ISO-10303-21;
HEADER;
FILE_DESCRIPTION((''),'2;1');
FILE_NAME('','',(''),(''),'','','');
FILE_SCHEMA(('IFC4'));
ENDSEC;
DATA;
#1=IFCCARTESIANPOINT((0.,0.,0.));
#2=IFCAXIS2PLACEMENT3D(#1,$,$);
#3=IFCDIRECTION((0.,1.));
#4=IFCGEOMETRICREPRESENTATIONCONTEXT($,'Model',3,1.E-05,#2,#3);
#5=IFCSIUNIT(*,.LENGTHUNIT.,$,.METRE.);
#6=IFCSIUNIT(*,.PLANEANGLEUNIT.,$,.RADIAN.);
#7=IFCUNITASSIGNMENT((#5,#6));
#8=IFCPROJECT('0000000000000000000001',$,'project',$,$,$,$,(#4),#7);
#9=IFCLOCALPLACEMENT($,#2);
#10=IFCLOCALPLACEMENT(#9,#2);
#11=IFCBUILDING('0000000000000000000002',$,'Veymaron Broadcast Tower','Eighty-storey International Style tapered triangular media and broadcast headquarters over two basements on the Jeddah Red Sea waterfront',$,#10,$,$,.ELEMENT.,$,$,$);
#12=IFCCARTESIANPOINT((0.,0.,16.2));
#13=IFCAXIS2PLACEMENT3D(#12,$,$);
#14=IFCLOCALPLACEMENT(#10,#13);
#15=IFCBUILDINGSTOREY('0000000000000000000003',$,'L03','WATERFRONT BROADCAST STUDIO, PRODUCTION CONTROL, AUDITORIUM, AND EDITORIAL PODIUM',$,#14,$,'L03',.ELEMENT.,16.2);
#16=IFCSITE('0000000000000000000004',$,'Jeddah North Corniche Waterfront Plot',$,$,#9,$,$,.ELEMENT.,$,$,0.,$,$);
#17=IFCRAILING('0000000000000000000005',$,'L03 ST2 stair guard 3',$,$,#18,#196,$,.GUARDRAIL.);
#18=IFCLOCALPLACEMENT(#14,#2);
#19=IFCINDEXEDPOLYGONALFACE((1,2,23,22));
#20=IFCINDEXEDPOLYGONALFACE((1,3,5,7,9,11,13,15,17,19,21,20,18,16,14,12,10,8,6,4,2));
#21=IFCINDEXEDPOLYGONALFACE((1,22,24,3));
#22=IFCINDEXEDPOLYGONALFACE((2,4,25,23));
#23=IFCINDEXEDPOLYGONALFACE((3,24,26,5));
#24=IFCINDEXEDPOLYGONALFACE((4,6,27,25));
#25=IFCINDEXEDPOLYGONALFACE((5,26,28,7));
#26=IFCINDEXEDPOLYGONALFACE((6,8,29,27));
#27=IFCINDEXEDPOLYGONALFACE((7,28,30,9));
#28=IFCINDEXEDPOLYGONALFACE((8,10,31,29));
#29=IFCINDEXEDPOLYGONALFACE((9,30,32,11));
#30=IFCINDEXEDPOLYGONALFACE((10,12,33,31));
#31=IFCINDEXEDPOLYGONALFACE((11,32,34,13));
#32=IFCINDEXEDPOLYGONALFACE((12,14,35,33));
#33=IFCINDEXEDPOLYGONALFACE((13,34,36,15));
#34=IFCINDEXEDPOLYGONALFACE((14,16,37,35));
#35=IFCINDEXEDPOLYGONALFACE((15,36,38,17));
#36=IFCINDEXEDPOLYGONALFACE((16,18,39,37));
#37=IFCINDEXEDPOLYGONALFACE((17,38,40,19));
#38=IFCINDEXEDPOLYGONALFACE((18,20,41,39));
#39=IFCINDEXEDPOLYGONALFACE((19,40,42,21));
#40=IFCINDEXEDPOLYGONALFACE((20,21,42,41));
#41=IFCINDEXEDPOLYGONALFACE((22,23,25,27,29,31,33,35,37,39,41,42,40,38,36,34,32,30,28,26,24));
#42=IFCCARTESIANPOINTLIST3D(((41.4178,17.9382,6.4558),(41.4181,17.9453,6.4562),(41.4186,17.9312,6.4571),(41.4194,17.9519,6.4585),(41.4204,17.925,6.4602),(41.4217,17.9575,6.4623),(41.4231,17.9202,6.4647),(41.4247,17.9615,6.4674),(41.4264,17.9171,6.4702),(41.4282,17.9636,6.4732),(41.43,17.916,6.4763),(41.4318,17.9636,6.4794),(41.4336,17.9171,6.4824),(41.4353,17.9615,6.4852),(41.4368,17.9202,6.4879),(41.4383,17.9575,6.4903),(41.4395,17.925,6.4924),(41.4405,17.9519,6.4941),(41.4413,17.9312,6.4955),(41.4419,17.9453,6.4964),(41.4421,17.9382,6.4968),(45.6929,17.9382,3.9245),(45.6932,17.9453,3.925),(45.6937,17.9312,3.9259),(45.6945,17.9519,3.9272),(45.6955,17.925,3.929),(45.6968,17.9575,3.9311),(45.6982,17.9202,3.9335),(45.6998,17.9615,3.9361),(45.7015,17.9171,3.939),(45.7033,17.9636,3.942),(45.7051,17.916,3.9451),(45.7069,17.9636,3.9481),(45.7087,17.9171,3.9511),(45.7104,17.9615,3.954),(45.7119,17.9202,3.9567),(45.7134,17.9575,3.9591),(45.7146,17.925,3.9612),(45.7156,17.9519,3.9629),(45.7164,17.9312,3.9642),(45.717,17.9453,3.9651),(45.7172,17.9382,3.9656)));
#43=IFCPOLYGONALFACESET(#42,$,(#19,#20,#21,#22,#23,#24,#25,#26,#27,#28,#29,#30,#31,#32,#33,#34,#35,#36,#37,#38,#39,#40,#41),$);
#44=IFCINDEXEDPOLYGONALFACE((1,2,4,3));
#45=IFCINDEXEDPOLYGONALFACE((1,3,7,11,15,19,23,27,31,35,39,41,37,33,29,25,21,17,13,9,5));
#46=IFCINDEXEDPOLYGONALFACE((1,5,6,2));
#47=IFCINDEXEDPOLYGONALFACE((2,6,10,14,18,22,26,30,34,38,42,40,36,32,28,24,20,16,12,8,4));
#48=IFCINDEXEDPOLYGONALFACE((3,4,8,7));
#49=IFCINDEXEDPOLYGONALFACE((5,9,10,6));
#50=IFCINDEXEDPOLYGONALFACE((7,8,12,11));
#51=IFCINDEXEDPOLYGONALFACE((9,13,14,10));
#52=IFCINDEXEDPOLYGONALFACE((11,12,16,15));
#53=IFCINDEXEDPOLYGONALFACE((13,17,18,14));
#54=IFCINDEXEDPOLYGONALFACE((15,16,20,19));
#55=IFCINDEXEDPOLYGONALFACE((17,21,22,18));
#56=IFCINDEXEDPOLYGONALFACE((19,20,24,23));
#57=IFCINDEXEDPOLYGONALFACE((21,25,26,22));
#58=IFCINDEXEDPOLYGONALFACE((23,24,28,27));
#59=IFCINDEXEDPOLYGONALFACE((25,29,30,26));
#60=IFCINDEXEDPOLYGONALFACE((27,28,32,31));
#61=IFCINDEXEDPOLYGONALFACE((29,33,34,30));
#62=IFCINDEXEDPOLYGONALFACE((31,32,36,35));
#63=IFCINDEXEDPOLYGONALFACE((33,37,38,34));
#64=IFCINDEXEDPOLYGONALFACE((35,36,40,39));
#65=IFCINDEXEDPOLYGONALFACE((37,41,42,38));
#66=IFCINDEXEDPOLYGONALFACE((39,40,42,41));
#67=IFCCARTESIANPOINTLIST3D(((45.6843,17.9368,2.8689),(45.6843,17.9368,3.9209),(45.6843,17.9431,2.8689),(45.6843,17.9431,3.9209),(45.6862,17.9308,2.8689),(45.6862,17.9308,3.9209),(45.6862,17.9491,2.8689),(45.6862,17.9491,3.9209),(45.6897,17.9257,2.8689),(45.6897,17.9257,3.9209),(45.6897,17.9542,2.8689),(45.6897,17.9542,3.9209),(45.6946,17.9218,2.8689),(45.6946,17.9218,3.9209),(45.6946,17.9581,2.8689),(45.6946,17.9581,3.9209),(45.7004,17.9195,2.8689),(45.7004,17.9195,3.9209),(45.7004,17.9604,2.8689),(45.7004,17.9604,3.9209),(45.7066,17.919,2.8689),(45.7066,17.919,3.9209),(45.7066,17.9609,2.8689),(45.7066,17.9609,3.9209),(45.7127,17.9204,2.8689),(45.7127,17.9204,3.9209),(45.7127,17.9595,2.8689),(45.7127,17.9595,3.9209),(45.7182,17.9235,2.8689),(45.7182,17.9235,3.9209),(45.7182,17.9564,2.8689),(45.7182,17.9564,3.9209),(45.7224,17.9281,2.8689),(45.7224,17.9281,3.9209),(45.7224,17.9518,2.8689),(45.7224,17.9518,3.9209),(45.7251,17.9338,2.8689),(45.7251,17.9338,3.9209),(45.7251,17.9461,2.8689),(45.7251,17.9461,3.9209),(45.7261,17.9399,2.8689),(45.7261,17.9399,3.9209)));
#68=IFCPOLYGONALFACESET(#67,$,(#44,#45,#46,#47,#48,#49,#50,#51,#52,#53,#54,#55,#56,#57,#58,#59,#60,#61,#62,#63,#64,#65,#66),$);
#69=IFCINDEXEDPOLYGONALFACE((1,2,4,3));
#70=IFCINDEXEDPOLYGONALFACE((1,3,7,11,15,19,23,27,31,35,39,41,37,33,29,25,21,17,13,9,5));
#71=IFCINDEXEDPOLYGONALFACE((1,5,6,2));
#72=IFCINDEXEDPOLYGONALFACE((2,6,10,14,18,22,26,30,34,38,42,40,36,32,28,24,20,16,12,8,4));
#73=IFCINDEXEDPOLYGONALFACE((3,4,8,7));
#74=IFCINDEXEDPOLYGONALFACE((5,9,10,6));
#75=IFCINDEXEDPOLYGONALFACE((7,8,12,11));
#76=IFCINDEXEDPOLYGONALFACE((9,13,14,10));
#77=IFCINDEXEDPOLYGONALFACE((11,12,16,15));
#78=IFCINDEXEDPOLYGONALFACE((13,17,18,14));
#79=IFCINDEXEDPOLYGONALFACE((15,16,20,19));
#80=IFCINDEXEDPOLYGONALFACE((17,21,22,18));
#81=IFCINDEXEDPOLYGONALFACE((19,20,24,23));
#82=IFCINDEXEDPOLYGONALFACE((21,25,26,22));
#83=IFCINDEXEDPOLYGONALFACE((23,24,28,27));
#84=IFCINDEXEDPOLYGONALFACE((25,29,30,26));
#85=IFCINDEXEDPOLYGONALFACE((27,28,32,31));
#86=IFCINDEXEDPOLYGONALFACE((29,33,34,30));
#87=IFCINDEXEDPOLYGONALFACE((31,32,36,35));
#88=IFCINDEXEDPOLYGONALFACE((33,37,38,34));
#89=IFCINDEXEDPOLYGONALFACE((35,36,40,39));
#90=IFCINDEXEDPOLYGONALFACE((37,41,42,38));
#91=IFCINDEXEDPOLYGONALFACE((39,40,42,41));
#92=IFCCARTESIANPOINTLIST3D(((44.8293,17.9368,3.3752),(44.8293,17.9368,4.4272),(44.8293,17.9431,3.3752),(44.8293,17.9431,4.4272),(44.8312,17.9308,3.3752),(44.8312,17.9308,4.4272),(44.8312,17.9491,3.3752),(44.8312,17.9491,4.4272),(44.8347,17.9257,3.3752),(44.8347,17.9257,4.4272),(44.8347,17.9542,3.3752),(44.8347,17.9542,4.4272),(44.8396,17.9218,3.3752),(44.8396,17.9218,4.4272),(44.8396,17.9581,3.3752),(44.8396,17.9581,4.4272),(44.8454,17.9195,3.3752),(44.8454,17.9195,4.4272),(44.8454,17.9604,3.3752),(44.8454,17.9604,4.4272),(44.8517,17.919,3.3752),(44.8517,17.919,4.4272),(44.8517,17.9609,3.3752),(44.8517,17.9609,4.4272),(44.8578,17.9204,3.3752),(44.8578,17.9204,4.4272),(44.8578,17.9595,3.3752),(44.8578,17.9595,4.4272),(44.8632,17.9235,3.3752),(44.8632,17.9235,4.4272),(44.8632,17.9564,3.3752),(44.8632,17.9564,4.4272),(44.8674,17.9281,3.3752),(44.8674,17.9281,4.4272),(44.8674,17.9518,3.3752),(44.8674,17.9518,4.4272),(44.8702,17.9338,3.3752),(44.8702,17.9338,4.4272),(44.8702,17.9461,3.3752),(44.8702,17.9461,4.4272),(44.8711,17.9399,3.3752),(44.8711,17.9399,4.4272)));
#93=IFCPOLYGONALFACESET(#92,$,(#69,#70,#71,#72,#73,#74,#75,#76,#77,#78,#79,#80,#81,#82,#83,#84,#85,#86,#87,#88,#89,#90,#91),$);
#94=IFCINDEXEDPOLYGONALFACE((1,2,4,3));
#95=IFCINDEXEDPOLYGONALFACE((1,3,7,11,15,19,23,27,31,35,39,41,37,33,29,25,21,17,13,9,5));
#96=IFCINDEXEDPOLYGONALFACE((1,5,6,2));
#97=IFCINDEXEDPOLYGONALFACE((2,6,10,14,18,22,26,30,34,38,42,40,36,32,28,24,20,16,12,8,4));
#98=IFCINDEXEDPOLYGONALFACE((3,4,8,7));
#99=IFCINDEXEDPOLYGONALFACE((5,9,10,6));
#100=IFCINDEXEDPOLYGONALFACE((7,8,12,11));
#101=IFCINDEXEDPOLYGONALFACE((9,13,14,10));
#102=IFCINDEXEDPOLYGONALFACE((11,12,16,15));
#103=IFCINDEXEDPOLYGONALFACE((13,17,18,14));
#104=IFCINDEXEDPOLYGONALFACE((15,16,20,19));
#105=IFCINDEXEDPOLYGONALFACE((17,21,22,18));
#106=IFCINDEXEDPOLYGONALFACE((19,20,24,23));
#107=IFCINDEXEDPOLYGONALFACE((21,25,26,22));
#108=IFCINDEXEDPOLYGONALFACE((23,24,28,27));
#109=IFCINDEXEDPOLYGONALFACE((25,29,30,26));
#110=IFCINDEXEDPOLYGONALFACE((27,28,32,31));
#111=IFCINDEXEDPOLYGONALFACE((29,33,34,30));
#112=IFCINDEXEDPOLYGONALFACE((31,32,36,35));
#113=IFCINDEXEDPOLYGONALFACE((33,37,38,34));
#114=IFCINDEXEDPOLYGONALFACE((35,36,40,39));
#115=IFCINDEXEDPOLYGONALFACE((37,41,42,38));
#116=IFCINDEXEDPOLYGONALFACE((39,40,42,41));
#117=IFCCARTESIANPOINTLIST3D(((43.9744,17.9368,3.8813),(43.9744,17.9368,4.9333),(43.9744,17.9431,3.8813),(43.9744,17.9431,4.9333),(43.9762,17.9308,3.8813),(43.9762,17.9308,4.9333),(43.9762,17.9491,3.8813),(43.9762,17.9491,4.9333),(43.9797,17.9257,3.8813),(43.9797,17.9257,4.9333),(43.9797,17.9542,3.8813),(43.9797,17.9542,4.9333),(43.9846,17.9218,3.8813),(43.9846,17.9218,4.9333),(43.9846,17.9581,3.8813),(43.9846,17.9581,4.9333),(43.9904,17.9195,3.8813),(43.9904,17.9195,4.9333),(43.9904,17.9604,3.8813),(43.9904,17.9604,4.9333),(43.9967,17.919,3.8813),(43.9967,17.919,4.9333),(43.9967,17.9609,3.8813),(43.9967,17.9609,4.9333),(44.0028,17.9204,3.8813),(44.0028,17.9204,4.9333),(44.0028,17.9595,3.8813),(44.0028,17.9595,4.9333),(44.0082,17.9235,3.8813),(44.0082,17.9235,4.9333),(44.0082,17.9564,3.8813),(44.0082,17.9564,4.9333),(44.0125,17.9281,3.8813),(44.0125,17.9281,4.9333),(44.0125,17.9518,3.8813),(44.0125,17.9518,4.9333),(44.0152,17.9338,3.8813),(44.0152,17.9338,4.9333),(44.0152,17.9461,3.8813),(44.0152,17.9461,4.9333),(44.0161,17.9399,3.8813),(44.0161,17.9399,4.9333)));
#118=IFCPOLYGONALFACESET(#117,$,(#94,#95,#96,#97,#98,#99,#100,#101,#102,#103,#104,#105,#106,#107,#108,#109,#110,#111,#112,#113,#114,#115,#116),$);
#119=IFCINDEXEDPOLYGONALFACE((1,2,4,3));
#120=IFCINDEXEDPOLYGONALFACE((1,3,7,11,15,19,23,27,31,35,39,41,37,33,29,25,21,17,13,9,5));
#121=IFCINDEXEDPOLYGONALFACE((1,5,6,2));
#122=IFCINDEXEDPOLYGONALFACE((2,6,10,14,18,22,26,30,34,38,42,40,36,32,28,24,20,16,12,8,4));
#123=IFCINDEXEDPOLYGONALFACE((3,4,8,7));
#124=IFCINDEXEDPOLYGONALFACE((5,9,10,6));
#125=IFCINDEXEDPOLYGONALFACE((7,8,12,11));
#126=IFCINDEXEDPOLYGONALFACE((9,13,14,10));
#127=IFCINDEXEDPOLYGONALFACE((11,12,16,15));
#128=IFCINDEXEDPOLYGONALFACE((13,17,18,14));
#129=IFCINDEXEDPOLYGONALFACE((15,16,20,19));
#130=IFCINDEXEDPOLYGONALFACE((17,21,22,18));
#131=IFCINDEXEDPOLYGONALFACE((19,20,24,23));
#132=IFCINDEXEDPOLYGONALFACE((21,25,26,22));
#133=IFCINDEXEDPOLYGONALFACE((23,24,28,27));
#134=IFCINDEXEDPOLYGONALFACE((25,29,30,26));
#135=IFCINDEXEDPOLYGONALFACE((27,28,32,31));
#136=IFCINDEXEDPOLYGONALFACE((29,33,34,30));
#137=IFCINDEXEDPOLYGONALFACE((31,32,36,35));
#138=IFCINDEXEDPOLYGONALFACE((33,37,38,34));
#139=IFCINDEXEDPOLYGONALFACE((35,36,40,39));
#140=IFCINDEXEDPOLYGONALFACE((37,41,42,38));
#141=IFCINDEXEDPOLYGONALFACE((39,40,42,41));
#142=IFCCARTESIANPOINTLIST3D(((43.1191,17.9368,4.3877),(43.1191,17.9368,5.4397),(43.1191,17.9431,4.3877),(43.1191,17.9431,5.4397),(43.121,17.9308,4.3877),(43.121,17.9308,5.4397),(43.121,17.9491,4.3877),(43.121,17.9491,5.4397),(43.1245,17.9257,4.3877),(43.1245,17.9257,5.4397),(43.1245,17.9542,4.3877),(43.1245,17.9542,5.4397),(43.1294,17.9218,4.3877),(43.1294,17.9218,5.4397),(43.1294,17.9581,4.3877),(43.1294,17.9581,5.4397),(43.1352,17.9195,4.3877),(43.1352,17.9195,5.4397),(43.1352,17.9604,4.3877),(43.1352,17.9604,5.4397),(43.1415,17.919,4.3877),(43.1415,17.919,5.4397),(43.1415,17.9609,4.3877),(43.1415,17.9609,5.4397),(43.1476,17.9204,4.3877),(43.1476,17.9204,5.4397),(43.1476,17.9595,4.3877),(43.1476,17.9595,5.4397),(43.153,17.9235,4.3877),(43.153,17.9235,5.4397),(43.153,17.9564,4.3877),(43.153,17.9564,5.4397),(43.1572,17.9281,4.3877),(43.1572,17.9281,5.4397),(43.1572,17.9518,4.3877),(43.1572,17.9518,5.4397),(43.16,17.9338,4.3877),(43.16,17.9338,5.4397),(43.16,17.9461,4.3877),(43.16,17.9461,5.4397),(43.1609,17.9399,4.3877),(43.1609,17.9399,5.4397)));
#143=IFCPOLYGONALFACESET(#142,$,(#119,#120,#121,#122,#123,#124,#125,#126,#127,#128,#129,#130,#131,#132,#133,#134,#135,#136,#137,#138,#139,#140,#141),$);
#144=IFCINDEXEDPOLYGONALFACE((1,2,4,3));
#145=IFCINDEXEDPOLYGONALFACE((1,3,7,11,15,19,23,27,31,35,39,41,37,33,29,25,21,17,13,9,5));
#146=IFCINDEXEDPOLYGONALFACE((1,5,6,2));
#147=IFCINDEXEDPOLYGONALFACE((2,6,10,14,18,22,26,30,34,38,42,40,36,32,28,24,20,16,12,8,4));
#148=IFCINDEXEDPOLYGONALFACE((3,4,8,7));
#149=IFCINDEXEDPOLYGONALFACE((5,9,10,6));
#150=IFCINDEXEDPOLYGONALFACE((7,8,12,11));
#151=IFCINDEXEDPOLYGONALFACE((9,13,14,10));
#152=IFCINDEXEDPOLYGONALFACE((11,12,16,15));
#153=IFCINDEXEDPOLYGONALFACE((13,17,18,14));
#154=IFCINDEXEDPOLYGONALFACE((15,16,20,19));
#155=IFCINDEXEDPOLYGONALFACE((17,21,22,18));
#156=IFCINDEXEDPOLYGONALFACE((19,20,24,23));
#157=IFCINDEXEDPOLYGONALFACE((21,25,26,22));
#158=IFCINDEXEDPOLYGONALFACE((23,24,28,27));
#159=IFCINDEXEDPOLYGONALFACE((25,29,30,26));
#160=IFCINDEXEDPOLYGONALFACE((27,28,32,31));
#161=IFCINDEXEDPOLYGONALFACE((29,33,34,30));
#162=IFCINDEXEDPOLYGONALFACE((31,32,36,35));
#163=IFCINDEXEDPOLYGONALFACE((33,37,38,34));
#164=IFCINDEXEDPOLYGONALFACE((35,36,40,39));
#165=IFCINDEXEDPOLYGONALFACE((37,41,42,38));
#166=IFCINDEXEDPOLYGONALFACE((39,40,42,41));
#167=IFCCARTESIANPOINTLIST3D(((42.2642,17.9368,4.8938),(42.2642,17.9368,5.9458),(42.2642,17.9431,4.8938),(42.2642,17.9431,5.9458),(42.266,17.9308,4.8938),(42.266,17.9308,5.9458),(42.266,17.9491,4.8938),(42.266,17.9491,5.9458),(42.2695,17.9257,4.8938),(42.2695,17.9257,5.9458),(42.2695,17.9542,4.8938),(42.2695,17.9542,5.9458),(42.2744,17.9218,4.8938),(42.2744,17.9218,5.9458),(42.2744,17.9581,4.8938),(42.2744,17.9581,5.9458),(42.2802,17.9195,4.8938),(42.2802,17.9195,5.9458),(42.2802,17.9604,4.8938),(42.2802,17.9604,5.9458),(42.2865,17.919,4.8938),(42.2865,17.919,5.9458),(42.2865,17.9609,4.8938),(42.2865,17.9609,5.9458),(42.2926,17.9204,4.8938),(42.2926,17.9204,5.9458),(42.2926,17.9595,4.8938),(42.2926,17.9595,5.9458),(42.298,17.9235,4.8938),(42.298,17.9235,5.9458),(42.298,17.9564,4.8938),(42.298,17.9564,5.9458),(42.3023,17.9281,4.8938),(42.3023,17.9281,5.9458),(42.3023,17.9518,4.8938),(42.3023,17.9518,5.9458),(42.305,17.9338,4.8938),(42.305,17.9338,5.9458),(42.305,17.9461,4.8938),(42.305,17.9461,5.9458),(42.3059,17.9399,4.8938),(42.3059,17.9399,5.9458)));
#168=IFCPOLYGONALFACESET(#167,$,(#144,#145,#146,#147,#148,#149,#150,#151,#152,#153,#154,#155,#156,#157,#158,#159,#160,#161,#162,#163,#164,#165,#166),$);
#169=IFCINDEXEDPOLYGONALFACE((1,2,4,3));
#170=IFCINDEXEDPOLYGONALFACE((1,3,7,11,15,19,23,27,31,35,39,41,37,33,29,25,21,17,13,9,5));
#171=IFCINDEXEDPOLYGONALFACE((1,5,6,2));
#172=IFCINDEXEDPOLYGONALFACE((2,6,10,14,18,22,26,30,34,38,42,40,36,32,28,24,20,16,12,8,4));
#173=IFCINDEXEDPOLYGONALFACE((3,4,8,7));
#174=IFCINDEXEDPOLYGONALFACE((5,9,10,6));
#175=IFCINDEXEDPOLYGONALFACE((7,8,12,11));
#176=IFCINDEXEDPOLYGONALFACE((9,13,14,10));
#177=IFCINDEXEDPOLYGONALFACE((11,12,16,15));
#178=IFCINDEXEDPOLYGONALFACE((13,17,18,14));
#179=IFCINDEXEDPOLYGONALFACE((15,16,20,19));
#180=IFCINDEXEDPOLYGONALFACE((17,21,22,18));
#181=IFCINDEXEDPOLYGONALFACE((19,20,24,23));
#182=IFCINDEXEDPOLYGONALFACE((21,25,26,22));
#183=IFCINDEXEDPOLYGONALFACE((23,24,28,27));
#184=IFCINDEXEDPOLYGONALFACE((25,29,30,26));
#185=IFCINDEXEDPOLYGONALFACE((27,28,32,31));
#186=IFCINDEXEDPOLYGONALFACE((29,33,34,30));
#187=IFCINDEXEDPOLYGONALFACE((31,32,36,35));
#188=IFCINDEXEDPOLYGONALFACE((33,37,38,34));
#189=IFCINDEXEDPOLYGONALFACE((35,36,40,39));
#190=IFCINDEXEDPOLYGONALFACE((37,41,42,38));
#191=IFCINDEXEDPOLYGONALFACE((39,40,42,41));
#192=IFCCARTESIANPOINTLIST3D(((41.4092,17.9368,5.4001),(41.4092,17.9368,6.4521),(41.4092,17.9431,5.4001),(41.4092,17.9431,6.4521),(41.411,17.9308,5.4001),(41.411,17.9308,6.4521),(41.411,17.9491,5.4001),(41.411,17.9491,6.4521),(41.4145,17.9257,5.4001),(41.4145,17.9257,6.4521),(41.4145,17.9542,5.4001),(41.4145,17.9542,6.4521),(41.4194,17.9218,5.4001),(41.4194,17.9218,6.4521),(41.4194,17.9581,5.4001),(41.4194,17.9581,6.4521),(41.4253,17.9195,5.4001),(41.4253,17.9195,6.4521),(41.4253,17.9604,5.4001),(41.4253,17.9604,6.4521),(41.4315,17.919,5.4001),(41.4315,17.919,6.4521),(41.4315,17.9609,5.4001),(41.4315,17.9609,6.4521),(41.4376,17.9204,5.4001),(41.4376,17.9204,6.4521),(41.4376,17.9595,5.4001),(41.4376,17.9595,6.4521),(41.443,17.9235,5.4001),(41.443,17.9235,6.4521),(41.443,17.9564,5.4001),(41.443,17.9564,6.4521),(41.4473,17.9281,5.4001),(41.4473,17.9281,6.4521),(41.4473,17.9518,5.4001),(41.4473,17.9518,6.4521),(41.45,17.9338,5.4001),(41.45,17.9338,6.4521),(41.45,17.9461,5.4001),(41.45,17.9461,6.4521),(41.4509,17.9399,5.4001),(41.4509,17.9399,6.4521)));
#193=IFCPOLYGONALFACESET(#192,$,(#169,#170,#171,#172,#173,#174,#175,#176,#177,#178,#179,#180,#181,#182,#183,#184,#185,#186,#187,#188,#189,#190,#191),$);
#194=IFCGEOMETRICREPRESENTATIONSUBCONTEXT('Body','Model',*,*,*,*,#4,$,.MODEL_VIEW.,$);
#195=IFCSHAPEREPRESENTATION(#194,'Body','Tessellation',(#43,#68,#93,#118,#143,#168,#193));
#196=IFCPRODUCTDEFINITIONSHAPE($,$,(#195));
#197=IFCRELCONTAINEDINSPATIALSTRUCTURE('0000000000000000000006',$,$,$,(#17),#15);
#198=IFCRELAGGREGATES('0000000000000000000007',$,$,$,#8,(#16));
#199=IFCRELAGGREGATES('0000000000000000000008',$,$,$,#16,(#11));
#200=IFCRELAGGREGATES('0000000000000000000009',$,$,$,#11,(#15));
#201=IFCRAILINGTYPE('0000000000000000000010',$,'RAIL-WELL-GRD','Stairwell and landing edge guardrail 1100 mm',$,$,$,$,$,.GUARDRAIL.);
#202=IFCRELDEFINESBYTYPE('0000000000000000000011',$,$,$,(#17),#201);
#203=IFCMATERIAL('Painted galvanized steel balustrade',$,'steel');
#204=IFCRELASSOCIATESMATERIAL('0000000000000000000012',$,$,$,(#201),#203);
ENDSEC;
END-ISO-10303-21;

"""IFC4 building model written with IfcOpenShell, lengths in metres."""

from ifc_helpers import new_model, si_unit, direction, frame, origin, origin_2d, place, context, subcontext, project, spatial, circle, extrude, material, type_object, element, save


model = new_model("IFC4")

# Units and contexts
model_context = context("Model", 3, precision=1e-05, world=origin(), true_north=direction((0.0, 1.0)))
body_context = subcontext(model_context, "Body", "Model", "MODEL_VIEW")
ifc_project = project(units=[si_unit("LENGTHUNIT", "METRE"), si_unit("PLANEANGLEUNIT", "RADIAN")], contexts=[model_context])

# Site, building, storey
site_placement = place(None, origin())
site = spatial("IfcSite", under=ifc_project, at=site_placement, Name="Jeddah North Corniche Waterfront Plot", CompositionType="ELEMENT", RefElevation=0.0)
building_placement = place(site_placement, origin())
building = spatial("IfcBuilding", under=site, at=building_placement, Name="Veymaron Broadcast Tower", Description="Eighty-storey International Style tapered triangular media and broadcast headquarters over two basements on the Jeddah Red Sea waterfront", CompositionType="ELEMENT")
storey_placement = place(building_placement, frame((0.0, 0.0, 16.2)))
storey = spatial("IfcBuildingStorey", under=building, at=storey_placement, Name="L03", Description="WATERFRONT BROADCAST STUDIO, PRODUCTION CONTROL, AUDITORIUM, AND EDITORIAL PODIUM", LongName="L03", CompositionType="ELEMENT", Elevation=16.2)

# Railing
ifc_material_1 = material(Name="Painted galvanized steel balustrade", Category="steel")
railing_type_1 = type_object("IfcRailingType", Name="RAIL-WELL-GRD", Description="Stairwell and landing edge guardrail 1100 mm", PredefinedType="GUARDRAIL", material=ifc_material_1)
railing_1_placement = place(storey_placement, frame((45.7051, 17.9399, 2.8689)))
element("IfcRailing", 1, at=railing_1_placement, inside=storey, type_object=railing_type_1, Name="L03 ST2 stair guard 3", PredefinedType="GUARDRAIL", context=body_context, shape_type="SweptSolid", body=[
    extrude(circle(Radius=0.0239, at=origin_2d()), frame((0.0, 0.0, 1.0762), z_axis=(-0.860483, 0.0, 0.509479), x_axis=(0.0, -1.0, 0.0)), (0.0, 0.0, 1.0), 4.9683),
    extrude(circle(Radius=0.021, at=origin_2d()), origin(), (0.0, 0.0, 1.0), 1.052),
    extrude(circle(Radius=0.021, at=origin_2d()), frame((-0.855, 0.0, 0.5063)), (0.0, 0.0, 1.0), 1.052),
    extrude(circle(Radius=0.021, at=origin_2d()), frame((-1.71, 0.0, 1.0125)), (0.0, 0.0, 1.0), 1.052),
    extrude(circle(Radius=0.021, at=origin_2d()), frame((-2.5652, 0.0, 1.5188)), (0.0, 0.0, 1.0), 1.052),
    extrude(circle(Radius=0.021, at=origin_2d()), frame((-3.4202, 0.0, 2.0249)), (0.0, 0.0, 1.0), 1.052),
    extrude(circle(Radius=0.021, at=origin_2d()), frame((-4.2751, 0.0, 2.5312)), (0.0, 0.0, 1.0), 1.052),
])

save(model, "model.ifc")
